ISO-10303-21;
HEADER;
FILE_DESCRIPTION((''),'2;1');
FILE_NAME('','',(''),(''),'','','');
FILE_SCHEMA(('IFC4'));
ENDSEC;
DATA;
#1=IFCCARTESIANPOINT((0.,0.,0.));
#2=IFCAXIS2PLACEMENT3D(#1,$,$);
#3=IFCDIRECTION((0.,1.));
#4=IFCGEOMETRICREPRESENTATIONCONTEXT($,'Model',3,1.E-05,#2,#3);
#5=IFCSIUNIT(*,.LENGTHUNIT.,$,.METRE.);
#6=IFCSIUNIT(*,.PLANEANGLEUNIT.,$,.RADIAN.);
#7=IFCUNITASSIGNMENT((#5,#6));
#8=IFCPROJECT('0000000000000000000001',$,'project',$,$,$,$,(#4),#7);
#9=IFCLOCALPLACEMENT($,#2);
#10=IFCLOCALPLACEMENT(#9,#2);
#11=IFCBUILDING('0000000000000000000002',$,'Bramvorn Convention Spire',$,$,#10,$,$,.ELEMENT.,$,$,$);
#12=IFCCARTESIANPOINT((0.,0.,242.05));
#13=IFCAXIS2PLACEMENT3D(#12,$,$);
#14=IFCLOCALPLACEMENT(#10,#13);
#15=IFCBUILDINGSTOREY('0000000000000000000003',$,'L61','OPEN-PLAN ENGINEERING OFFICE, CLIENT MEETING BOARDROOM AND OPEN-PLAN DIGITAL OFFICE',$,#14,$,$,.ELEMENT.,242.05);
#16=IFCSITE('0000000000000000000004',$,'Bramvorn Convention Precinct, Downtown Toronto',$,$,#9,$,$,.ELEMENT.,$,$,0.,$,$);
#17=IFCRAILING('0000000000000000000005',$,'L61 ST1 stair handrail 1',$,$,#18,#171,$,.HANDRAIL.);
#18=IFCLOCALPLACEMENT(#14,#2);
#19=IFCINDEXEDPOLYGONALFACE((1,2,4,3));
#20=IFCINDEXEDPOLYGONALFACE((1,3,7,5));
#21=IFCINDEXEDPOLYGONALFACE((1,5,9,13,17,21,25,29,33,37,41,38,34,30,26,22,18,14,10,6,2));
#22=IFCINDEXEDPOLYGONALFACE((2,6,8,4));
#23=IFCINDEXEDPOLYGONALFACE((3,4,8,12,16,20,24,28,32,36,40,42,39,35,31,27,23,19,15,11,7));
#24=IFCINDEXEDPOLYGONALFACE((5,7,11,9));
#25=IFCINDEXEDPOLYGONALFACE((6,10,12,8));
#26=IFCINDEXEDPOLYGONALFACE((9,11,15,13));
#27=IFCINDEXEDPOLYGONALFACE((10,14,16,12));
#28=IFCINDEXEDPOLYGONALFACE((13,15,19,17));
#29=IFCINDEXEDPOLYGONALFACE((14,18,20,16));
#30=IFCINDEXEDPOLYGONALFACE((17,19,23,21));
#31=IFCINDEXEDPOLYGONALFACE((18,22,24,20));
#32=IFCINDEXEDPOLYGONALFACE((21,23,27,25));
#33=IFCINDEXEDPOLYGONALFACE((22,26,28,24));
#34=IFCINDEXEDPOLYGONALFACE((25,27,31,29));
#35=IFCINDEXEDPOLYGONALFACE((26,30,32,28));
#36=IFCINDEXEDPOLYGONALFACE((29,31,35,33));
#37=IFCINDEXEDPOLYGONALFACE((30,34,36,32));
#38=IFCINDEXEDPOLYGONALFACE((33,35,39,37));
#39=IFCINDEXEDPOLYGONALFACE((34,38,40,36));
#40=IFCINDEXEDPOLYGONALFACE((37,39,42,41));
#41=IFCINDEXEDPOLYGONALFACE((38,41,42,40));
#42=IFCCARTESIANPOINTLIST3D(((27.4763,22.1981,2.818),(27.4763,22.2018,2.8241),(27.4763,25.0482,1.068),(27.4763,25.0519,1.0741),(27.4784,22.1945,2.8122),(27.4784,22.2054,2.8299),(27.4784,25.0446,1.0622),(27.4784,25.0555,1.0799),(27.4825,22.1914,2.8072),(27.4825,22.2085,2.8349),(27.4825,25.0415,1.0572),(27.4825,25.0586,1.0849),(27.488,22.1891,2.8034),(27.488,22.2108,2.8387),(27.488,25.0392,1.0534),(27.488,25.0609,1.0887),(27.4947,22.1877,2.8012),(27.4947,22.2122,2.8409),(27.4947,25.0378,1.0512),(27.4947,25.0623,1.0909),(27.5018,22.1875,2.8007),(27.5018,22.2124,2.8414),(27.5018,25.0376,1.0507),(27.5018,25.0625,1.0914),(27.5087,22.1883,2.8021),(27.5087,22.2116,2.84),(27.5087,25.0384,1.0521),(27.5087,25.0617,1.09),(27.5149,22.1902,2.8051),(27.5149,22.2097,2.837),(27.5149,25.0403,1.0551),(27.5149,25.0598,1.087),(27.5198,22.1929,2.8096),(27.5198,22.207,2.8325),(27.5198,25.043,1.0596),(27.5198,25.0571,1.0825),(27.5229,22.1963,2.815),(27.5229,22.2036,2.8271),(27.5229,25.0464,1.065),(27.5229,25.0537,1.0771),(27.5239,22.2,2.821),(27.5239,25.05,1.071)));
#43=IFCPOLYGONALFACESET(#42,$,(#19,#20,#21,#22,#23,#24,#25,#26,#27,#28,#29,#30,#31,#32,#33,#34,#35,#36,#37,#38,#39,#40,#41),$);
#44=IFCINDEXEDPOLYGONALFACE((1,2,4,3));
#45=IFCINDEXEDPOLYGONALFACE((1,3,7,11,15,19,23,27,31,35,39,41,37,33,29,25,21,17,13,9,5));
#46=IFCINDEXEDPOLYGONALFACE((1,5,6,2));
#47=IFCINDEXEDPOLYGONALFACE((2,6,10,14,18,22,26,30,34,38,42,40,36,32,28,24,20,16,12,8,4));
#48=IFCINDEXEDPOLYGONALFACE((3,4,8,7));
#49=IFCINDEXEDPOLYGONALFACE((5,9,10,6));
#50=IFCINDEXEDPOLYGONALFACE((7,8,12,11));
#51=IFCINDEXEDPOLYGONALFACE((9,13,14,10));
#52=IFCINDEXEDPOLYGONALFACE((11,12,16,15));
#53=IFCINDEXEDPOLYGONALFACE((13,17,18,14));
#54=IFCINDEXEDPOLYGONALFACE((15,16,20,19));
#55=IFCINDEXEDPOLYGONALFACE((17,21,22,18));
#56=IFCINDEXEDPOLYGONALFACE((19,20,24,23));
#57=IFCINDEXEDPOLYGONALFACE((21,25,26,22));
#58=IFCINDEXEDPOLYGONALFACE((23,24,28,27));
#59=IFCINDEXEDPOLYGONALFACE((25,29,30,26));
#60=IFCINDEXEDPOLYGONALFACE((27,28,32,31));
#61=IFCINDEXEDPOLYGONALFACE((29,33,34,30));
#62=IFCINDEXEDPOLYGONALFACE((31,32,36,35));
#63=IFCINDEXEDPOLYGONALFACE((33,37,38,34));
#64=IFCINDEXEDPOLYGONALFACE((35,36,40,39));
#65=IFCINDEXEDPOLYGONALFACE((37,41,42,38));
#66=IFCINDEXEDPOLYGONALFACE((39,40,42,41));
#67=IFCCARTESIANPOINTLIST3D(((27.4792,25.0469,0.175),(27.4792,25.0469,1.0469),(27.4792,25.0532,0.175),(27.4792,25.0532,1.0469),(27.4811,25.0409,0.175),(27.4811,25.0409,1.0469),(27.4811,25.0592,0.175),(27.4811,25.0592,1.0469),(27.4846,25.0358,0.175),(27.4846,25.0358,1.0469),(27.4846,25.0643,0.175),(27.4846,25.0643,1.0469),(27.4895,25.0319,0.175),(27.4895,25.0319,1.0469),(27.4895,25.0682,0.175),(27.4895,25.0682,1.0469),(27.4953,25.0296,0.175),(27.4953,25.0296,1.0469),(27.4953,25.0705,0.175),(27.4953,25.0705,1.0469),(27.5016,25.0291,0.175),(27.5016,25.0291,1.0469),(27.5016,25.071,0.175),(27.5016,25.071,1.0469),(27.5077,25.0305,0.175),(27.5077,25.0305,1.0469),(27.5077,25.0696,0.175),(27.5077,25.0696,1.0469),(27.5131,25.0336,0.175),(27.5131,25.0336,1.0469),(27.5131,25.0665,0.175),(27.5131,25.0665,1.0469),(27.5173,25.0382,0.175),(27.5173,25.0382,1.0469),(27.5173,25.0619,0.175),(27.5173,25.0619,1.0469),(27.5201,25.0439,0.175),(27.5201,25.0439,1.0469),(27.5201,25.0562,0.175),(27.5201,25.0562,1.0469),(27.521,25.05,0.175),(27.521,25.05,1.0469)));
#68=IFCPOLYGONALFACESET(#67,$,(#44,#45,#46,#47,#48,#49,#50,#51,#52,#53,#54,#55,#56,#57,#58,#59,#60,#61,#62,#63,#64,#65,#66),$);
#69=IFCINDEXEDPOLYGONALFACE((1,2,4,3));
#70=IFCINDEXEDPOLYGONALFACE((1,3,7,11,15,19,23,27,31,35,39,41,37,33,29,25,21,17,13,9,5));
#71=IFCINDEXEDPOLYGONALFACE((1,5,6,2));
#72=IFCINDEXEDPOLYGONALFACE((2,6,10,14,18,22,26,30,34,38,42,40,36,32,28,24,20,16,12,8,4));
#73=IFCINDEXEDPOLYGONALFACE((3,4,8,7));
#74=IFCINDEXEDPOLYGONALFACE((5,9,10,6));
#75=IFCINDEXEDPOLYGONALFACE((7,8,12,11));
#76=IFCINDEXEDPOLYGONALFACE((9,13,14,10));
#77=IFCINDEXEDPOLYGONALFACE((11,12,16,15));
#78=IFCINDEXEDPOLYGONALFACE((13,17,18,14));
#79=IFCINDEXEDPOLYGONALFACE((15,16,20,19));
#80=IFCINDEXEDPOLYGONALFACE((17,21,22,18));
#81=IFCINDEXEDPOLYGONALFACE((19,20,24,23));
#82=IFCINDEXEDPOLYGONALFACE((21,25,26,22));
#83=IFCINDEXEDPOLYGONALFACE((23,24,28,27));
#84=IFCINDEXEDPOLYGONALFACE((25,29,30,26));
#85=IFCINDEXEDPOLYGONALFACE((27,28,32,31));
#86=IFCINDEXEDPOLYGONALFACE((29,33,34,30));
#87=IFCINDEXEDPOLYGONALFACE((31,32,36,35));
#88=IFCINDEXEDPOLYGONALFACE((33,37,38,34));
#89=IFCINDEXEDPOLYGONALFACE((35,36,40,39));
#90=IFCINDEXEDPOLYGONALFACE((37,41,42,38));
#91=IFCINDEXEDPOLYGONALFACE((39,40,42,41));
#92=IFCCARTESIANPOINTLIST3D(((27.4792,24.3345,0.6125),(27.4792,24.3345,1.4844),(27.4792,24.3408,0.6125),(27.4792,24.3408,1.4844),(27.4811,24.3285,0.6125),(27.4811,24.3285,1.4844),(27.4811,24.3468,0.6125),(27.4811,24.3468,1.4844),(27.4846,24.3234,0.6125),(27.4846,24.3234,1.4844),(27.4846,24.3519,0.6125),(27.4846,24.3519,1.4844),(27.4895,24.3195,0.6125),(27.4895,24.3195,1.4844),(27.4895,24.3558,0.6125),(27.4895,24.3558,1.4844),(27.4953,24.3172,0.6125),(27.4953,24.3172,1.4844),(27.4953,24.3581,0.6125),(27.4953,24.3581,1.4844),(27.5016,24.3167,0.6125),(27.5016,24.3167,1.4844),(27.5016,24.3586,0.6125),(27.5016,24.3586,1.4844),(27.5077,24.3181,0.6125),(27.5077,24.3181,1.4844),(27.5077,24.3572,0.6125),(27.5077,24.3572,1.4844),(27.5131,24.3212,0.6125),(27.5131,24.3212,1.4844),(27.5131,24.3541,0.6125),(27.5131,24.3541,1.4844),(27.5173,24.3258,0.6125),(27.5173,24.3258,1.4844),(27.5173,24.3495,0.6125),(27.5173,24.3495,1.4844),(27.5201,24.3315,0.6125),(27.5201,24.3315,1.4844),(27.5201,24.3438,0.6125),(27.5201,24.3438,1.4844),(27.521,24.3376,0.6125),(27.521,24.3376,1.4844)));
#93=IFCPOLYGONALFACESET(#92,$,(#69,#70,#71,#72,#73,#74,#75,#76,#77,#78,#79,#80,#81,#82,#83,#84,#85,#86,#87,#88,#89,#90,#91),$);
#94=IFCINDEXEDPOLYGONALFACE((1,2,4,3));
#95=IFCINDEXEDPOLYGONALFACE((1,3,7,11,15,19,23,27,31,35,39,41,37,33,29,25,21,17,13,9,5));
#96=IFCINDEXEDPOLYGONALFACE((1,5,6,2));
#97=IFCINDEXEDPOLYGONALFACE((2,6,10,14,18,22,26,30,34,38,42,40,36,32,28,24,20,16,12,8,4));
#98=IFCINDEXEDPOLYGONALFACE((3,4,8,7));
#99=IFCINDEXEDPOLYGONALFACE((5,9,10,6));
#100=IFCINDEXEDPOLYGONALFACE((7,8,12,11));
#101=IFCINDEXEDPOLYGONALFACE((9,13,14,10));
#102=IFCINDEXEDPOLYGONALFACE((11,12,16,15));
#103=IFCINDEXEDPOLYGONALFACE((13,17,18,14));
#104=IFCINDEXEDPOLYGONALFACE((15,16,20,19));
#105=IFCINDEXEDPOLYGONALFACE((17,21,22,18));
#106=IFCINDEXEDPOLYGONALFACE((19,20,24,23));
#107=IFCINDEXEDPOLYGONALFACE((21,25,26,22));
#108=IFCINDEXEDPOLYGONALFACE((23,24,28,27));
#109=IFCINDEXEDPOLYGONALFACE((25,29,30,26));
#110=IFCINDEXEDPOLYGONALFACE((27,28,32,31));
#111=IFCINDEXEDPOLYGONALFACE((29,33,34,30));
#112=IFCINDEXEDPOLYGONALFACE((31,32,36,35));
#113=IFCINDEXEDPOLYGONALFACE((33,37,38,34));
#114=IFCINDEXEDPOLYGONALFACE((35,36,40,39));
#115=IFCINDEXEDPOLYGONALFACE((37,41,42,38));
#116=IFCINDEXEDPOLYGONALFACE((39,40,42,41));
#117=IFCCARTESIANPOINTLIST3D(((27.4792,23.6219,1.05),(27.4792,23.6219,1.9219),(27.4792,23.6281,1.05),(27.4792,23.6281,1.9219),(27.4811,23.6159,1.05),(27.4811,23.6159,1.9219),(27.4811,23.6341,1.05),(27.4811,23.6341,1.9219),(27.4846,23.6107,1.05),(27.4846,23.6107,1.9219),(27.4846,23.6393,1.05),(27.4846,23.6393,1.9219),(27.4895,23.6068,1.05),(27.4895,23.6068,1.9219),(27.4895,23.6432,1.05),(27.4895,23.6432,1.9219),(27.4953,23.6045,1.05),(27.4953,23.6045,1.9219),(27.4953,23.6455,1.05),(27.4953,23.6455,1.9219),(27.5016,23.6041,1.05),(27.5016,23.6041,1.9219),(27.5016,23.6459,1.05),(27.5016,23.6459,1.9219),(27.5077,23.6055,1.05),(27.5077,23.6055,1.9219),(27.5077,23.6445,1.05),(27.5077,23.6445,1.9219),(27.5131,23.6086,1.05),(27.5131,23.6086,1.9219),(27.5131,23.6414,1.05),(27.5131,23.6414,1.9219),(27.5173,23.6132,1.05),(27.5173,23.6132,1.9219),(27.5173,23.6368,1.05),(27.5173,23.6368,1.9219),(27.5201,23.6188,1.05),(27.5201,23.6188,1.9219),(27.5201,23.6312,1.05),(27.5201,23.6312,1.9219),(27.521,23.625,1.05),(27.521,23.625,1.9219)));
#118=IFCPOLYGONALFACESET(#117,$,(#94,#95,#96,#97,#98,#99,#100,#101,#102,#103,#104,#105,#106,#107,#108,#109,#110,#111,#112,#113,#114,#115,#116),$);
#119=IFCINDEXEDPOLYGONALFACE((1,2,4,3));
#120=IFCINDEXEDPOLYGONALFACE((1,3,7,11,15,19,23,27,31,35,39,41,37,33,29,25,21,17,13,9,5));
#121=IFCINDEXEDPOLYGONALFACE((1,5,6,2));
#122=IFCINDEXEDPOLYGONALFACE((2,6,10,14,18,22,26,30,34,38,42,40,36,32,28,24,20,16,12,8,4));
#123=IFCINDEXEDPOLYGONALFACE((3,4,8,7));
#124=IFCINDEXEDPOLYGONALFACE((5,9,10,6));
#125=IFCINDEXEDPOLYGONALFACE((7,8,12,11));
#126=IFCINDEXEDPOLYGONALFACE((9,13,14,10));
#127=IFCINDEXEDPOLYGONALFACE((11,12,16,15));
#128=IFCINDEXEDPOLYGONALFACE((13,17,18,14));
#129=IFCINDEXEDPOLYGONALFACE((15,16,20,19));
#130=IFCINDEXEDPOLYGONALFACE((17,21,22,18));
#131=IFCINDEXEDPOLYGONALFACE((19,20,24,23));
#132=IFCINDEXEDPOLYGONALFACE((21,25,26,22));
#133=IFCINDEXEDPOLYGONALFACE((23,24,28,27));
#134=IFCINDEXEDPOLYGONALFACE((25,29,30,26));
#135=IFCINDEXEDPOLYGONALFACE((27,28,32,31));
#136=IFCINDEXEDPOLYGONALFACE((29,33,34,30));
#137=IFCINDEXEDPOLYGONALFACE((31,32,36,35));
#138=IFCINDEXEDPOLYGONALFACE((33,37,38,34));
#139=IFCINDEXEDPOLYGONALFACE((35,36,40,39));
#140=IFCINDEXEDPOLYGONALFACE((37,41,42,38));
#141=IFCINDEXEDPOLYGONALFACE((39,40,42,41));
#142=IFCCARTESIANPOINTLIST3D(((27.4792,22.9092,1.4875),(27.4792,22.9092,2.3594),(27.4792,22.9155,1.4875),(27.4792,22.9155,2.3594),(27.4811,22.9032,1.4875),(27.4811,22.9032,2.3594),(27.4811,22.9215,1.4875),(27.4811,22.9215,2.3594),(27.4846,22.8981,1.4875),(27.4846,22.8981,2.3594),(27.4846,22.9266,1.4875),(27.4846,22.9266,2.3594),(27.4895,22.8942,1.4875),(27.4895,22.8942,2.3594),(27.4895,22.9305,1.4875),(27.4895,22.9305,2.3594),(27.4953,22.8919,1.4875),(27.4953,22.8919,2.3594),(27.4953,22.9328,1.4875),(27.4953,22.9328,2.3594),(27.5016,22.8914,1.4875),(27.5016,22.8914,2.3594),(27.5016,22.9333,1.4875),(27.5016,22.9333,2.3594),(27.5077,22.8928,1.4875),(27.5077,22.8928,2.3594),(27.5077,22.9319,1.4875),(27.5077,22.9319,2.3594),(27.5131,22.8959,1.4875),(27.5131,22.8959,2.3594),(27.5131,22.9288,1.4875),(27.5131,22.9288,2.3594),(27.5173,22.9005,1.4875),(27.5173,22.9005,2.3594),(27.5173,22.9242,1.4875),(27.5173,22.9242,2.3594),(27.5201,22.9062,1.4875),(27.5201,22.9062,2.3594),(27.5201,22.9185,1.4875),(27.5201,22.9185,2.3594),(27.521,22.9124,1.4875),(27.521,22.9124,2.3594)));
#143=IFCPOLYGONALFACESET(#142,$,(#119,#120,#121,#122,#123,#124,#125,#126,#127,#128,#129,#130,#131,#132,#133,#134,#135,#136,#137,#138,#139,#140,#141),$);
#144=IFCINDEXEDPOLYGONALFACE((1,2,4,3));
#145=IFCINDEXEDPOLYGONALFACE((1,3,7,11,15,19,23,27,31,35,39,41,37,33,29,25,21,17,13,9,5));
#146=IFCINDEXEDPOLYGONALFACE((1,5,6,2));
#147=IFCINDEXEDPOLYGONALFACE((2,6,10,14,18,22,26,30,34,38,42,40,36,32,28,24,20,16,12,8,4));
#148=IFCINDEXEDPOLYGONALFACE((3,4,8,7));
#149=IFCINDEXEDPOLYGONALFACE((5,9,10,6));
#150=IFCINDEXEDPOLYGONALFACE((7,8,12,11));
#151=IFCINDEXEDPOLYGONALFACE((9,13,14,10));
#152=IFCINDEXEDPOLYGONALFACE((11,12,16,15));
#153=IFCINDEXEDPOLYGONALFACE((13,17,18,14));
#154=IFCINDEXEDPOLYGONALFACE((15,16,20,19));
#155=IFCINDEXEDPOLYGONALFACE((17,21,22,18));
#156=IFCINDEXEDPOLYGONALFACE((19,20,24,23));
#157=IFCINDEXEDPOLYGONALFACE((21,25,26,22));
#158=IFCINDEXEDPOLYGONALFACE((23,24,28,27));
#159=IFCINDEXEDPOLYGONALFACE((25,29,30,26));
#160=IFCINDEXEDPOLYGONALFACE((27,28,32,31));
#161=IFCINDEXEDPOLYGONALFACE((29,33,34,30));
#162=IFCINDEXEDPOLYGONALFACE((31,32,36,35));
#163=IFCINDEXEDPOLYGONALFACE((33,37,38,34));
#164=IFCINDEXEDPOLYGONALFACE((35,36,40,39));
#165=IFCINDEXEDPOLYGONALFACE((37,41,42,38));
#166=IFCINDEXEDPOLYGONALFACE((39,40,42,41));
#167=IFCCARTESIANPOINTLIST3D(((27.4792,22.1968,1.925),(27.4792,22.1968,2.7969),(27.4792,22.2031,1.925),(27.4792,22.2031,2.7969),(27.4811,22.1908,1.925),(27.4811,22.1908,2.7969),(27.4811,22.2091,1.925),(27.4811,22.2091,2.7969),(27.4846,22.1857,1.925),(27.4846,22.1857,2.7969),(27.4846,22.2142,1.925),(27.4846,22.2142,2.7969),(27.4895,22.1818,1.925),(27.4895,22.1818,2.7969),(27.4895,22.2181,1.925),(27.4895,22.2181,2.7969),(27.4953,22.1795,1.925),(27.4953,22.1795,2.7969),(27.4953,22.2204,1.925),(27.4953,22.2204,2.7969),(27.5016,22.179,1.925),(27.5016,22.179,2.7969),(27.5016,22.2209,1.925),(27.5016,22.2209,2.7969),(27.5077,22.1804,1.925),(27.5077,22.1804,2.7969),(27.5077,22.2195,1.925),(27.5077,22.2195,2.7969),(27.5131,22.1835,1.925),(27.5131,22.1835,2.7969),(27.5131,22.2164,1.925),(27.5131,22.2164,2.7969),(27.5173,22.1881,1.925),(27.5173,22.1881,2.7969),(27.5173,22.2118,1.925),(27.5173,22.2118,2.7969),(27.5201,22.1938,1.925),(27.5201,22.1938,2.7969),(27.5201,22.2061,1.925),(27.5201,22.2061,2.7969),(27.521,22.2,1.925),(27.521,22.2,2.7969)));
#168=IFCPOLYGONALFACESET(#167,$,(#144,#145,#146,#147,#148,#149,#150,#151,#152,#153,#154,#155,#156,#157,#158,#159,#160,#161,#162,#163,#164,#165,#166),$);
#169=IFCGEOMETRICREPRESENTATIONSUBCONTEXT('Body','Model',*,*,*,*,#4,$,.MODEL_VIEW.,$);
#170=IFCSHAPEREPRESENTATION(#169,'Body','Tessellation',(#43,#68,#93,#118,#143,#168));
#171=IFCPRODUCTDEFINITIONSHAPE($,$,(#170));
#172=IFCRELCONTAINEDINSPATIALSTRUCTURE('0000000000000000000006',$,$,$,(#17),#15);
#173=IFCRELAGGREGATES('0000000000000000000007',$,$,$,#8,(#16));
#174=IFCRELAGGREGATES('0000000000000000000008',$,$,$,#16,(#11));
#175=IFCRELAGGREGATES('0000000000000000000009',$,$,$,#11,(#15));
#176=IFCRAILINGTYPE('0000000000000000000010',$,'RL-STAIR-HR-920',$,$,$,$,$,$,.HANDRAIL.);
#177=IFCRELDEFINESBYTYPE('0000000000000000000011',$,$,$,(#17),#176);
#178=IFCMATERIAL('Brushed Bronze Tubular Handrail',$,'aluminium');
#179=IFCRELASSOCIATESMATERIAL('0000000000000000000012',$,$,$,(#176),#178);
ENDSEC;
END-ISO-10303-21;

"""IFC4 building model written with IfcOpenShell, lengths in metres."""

from ifc_helpers import new_model, si_unit, direction, frame, origin, origin_2d, place, context, subcontext, project, spatial, circle, extrude, material, type_object, element, save


model = new_model("IFC4")

# Units and contexts
model_context = context("Model", 3, precision=1e-05, world=origin(), true_north=direction((0.0, 1.0)))
body_context = subcontext(model_context, "Body", "Model", "MODEL_VIEW")
ifc_project = project(units=[si_unit("LENGTHUNIT", "METRE"), si_unit("PLANEANGLEUNIT", "RADIAN")], contexts=[model_context])

# Site, building, storey
site_placement = place(None, origin())
site = spatial("IfcSite", under=ifc_project, at=site_placement, Name="Bramvorn Convention Precinct, Downtown Toronto", CompositionType="ELEMENT", RefElevation=0.0)
building_placement = place(site_placement, origin())
building = spatial("IfcBuilding", under=site, at=building_placement, Name="Bramvorn Convention Spire", CompositionType="ELEMENT")
storey_placement = place(building_placement, frame((0.0, 0.0, 242.05)))
storey = spatial("IfcBuildingStorey", under=building, at=storey_placement, Name="L61", Description="OPEN-PLAN ENGINEERING OFFICE, CLIENT MEETING BOARDROOM AND OPEN-PLAN DIGITAL OFFICE", CompositionType="ELEMENT", Elevation=242.05)

# Railing
ifc_material_1 = material(Name="Brushed Bronze Tubular Handrail", Category="aluminium")
railing_type_1 = type_object("IfcRailingType", Name="RL-STAIR-HR-920", PredefinedType="HANDRAIL", material=ifc_material_1)
railing_1_placement = place(storey_placement, frame((27.5, 25.05, 0.175)))
element("IfcRailing", 1, at=railing_1_placement, inside=storey, type_object=railing_type_1, Name="L61 ST1 stair handrail 1", PredefinedType="HANDRAIL", context=body_context, shape_type="SweptSolid", body=[
    extrude(circle(Radius=0.0239, at=origin_2d()), frame((0.0, 0.0, 0.896), z_axis=(0.0, -0.852179, 0.52325), x_axis=(1.0, 0.0, 0.0)), (0.0, 0.0, 1.0), 3.3445),
    extrude(circle(Radius=0.021, at=origin_2d()), origin(), (0.0, 0.0, 1.0), 0.8718),
    extrude(circle(Radius=0.021, at=origin_2d()), frame((0.0, -0.7124, 0.4375)), (0.0, 0.0, 1.0), 0.8718),
    extrude(circle(Radius=0.021, at=origin_2d()), frame((0.0, -1.425, 0.875)), (0.0, 0.0, 1.0), 0.8718),
    extrude(circle(Radius=0.021, at=origin_2d()), frame((0.0, -2.1377, 1.3125)), (0.0, 0.0, 1.0), 0.8718),
    extrude(circle(Radius=0.021, at=origin_2d()), frame((0.0, -2.8501, 1.75)), (0.0, 0.0, 1.0), 0.8718),
])

save(model, "model.ifc")
